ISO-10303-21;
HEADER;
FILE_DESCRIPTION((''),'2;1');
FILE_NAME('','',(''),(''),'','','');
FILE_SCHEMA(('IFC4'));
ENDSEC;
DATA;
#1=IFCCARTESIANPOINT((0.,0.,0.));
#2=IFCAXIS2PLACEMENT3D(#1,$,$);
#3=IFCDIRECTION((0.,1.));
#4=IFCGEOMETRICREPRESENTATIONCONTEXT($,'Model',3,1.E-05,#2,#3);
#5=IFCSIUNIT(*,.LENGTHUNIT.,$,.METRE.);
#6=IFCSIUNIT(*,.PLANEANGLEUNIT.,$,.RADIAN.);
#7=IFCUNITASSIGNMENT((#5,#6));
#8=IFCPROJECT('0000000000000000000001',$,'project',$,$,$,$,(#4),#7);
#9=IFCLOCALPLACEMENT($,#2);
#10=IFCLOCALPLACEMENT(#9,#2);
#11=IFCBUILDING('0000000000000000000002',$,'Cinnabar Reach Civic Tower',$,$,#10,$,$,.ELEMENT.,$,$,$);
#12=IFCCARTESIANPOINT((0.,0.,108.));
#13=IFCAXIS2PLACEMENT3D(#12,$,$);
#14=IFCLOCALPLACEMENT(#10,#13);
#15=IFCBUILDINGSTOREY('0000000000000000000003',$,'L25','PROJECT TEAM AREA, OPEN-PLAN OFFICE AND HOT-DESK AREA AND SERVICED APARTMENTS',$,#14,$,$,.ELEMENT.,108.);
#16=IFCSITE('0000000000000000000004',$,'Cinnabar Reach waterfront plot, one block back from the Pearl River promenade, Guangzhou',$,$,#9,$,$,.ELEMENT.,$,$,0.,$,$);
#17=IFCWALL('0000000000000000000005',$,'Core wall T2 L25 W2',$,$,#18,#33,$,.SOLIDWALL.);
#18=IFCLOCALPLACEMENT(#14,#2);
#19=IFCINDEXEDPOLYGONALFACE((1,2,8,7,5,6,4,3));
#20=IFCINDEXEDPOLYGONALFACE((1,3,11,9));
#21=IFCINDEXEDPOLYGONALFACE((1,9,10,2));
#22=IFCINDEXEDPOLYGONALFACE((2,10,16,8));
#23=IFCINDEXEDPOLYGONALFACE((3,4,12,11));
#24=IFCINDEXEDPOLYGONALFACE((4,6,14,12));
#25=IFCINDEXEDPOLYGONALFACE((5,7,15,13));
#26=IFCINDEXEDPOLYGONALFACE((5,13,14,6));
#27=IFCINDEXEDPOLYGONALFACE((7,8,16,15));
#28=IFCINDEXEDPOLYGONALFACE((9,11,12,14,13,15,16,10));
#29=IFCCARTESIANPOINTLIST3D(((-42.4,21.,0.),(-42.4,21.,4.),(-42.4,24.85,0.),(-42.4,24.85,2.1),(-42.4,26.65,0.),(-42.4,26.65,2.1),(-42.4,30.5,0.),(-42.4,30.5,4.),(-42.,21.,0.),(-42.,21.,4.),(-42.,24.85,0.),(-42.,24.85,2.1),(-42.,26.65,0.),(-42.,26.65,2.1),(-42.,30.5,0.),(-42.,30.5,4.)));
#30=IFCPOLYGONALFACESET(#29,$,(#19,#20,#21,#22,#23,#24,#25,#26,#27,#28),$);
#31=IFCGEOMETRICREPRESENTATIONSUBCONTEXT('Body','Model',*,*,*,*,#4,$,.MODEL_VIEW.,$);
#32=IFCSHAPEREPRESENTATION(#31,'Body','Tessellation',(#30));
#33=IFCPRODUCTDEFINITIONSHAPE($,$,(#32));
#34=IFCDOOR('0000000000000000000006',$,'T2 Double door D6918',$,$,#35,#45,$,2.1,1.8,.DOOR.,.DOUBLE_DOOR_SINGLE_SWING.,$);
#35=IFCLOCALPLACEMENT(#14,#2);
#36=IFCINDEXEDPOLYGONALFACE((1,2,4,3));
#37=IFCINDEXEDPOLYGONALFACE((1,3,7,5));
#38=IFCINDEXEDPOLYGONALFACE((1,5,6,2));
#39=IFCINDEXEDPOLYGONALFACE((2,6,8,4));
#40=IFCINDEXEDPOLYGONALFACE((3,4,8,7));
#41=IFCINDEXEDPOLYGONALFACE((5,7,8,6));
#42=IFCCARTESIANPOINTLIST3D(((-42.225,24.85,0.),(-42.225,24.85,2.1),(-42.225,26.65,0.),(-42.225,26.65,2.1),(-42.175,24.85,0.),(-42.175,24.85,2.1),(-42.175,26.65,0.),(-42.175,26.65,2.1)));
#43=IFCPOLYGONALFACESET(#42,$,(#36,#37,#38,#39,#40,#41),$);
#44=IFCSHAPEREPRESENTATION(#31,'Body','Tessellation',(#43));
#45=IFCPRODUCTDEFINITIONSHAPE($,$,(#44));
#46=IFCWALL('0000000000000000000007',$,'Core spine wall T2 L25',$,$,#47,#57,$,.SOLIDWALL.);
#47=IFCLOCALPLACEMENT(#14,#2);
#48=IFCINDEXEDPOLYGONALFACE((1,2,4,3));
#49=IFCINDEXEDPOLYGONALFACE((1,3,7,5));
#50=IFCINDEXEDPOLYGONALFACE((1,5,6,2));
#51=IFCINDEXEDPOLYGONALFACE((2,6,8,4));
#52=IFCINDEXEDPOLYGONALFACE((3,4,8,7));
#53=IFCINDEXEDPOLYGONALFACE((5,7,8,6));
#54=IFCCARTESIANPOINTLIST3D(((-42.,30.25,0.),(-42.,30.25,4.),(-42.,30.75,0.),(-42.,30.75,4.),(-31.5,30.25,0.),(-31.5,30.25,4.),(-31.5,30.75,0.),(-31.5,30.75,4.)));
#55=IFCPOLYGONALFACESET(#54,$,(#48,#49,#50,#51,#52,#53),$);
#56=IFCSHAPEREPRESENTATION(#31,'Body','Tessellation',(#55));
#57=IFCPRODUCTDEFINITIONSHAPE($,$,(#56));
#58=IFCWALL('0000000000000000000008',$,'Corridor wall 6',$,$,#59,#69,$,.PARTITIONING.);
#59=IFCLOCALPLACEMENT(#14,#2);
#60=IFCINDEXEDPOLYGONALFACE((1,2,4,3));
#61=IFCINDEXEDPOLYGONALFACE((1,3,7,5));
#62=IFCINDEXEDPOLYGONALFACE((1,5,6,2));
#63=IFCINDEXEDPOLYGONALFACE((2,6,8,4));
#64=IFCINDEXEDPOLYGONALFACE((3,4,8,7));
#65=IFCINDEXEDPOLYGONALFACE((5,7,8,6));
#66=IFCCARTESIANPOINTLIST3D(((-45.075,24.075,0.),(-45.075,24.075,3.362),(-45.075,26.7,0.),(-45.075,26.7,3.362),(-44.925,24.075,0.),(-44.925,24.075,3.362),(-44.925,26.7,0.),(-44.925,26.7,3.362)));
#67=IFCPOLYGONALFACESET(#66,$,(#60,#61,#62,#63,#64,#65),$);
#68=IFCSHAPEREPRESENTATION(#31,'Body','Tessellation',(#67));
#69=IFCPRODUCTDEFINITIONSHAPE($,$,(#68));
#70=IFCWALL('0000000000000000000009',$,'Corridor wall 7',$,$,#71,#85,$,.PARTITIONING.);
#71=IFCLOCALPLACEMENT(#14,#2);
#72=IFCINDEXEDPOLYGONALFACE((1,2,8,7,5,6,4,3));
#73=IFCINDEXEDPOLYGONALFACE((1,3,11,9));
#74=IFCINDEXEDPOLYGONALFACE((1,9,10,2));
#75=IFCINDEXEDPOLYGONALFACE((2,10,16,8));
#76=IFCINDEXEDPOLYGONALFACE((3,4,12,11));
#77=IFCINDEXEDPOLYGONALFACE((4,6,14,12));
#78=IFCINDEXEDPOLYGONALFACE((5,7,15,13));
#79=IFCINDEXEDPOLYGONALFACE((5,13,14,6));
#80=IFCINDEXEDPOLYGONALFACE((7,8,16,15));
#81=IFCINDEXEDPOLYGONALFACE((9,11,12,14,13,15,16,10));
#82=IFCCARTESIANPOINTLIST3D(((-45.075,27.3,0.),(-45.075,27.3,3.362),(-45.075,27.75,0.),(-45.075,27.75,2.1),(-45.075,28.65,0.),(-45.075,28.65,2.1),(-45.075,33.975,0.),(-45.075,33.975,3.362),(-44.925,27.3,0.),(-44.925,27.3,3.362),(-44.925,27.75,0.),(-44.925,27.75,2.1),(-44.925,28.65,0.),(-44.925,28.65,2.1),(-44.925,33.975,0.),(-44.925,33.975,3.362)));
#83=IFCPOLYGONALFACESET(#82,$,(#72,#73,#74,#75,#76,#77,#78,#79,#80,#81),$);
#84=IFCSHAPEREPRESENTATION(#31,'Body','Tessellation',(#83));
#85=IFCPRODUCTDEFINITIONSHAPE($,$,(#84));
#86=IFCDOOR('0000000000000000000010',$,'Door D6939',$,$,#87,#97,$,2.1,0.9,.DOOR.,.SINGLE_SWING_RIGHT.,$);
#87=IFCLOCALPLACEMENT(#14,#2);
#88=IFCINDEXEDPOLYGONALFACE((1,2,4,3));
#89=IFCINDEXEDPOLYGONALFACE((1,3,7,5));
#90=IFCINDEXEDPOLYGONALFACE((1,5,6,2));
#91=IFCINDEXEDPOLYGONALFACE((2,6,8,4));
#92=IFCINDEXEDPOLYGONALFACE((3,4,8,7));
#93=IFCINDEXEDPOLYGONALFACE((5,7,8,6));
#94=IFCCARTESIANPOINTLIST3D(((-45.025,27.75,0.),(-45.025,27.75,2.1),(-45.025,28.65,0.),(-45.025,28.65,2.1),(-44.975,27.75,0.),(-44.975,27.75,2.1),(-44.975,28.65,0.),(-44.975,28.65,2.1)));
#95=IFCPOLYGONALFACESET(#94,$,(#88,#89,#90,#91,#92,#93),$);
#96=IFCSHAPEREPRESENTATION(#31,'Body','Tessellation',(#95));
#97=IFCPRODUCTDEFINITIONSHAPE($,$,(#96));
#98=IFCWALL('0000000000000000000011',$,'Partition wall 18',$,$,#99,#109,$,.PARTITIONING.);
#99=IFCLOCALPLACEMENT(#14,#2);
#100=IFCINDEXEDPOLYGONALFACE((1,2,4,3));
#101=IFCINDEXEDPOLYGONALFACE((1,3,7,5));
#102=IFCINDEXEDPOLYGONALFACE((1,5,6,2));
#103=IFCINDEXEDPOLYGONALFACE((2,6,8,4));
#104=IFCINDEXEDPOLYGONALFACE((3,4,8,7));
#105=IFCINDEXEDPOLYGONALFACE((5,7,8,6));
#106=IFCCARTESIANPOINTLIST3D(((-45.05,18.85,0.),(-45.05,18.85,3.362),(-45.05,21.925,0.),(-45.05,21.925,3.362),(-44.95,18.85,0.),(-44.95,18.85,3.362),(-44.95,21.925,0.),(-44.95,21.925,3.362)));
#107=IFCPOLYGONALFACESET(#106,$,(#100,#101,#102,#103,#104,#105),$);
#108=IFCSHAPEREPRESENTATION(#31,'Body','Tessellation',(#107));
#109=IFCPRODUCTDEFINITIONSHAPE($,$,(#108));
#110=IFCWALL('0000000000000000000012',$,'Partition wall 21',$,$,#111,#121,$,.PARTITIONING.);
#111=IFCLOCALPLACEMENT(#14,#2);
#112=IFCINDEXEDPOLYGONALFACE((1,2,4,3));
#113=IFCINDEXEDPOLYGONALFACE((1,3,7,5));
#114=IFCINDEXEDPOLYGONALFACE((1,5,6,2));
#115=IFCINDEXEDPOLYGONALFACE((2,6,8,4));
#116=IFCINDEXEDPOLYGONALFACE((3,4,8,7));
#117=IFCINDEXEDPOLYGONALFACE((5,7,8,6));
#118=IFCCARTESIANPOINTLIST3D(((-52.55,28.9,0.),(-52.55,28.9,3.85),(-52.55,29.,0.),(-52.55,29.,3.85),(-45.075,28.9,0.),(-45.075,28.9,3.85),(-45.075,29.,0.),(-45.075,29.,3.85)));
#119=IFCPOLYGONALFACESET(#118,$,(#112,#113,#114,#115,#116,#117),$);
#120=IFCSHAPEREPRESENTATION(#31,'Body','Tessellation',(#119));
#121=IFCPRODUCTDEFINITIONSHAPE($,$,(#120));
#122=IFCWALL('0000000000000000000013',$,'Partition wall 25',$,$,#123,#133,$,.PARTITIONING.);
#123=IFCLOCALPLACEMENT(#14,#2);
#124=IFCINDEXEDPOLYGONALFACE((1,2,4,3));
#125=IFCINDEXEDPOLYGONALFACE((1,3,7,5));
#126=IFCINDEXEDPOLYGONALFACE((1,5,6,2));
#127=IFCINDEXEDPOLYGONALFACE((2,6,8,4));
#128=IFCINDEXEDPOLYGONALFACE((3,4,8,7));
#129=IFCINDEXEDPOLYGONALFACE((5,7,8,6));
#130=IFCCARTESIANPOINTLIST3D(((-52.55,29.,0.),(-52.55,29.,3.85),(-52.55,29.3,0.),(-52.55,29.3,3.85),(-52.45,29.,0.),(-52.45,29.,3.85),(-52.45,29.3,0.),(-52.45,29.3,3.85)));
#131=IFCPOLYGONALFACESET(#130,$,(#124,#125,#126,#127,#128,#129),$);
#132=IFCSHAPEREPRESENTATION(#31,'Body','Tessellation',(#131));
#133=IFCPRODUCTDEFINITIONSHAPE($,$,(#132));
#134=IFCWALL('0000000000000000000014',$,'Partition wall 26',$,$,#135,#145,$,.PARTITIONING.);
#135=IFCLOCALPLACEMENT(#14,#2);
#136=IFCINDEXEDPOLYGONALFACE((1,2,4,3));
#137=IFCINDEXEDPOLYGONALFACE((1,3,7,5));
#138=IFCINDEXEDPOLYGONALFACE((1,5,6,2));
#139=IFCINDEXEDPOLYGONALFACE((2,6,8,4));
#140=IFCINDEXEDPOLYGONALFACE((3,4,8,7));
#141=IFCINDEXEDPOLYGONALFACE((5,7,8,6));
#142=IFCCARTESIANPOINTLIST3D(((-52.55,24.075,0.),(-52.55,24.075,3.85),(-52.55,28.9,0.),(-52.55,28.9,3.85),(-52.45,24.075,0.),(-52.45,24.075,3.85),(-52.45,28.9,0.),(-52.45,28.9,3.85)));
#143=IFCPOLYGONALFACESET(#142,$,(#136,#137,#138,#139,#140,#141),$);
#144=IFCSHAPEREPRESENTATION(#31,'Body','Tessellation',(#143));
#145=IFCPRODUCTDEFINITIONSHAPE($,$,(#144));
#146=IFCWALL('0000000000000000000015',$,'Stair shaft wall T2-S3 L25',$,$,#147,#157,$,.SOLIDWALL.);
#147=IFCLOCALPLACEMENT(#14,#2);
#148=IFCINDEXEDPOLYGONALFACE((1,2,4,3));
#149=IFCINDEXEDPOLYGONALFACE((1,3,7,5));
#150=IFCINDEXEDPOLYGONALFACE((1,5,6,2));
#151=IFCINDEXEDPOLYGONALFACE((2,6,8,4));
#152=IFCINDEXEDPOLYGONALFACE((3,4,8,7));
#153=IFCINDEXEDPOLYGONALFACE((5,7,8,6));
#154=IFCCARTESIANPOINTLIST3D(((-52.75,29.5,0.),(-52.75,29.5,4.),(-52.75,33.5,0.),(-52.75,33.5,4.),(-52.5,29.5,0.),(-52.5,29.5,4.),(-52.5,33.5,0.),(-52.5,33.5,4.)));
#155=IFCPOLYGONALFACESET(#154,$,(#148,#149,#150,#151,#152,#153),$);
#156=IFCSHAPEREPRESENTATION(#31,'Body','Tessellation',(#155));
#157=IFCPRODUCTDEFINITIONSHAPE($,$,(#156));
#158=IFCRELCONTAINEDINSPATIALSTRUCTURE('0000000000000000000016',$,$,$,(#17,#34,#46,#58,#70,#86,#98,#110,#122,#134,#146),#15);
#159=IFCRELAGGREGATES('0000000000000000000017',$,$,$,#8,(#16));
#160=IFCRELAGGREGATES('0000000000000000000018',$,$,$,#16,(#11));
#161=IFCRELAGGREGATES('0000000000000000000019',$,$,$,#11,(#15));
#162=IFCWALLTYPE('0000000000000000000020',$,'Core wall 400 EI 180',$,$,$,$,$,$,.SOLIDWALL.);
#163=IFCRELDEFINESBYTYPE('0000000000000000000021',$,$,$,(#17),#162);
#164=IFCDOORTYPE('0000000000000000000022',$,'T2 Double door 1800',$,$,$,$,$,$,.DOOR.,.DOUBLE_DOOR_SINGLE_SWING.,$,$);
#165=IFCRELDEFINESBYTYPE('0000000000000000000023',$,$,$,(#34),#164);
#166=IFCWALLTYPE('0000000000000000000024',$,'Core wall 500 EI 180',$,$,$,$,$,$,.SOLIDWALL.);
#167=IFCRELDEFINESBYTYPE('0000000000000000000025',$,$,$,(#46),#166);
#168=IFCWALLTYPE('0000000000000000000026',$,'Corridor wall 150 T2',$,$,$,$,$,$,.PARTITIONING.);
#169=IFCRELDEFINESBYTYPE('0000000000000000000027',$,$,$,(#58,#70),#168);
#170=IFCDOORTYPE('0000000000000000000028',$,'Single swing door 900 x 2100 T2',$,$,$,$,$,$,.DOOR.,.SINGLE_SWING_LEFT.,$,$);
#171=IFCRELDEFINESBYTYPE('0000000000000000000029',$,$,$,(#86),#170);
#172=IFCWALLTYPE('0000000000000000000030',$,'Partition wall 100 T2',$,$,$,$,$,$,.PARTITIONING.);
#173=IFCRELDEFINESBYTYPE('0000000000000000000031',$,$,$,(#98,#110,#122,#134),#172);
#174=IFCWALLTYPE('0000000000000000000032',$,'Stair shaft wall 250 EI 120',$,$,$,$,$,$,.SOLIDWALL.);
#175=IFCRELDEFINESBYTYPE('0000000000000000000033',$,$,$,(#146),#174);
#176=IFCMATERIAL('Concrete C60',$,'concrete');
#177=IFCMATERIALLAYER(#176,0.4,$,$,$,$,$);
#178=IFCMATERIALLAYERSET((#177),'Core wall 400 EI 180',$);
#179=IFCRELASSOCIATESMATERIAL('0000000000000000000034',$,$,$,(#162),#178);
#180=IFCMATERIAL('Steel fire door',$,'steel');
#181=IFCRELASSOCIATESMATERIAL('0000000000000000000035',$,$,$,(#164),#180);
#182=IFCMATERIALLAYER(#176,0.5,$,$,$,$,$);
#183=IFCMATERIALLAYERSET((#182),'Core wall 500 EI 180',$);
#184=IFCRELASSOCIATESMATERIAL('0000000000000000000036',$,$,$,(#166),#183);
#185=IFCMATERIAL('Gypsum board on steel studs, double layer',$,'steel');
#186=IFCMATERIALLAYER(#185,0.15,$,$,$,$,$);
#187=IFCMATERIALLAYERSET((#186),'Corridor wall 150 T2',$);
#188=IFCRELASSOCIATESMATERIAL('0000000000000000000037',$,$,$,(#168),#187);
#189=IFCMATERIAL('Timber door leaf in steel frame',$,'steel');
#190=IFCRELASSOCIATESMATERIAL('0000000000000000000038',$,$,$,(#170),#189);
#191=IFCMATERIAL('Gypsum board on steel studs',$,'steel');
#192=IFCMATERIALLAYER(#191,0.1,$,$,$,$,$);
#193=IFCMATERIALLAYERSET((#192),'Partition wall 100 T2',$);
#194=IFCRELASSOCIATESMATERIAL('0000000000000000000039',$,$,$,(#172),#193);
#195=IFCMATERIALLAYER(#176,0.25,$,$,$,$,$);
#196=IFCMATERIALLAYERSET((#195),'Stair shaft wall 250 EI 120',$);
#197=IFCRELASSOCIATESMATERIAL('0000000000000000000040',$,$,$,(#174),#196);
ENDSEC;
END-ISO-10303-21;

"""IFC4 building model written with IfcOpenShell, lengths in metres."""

from ifc_helpers import new_model, si_unit, direction, frame, frame_2d, origin, place, context, subcontext, project, spatial, rectangle, extrude, material, layer, layer_set, type_object, element, fill, save


model = new_model("IFC4")

# Units and contexts
model_context = context("Model", 3, precision=1e-05, world=origin(), true_north=direction((0.0, 1.0)))
body_context = subcontext(model_context, "Body", "Model", "MODEL_VIEW")
ifc_project = project(units=[si_unit("LENGTHUNIT", "METRE"), si_unit("PLANEANGLEUNIT", "RADIAN")], contexts=[model_context])

# Site, building, storey
site_placement = place(None, origin())
site = spatial("IfcSite", under=ifc_project, at=site_placement, Name="Cinnabar Reach waterfront plot, one block back from the Pearl River promenade, Guangzhou", CompositionType="ELEMENT", RefElevation=0.0)
building_placement = place(site_placement, origin())
building = spatial("IfcBuilding", under=site, at=building_placement, Name="Cinnabar Reach Civic Tower", CompositionType="ELEMENT")
storey_placement = place(building_placement, frame((0.0, 0.0, 108.0)))
storey = spatial("IfcBuildingStorey", under=building, at=storey_placement, Name="L25", Description="PROJECT TEAM AREA, OPEN-PLAN OFFICE AND HOT-DESK AREA AND SERVICED APARTMENTS", CompositionType="ELEMENT", Elevation=108.0)

# Shared definitions
ifc_material_1 = material(Name="Concrete C60", Category="concrete")

# Shared definitions
ifc_layer_1 = layer(ifc_material_1, 0.4)
ifc_layer_set_1 = layer_set([ifc_layer_1], Name="Core wall 400 EI 180")
wall_type_1 = type_object("IfcWallType", Name="Core wall 400 EI 180", PredefinedType="SOLIDWALL", material=ifc_layer_set_1)

# Wall, opening, door
wall_1_placement = place(storey_placement, frame((-42.2, 30.5, 0.0), z_axis=(0.0, 0.0, 1.0), x_axis=(0.0, -1.0, 0.0)))
wall_1 = element("IfcWall", 1, at=wall_1_placement, inside=storey, type_object=wall_type_1, Name="Core wall T2 L25 W2", PredefinedType="SOLIDWALL", context=body_context, shape_type="SweptSolid", body=[
    extrude(rectangle(XDim=9.5, YDim=0.4, at=frame_2d((4.75, 0.0))), origin(), (0.0, 0.0, 1.0), 4.0),
])
opening_1_placement = place(wall_1_placement, frame((3.85, 0.0, 0.0)))
opening_1 = element("IfcOpeningElement", 2, at=opening_1_placement, cuts=wall_1, PredefinedType="OPENING", context=body_context, shape_type="SweptSolid", body=[
    extrude(rectangle(XDim=1.8, YDim=2.1, at=frame_2d((0.9, 1.05))), frame((0.0, 0.21, 0.0), z_axis=(0.0, -1.0, 0.0), x_axis=(1.0, 0.0, 0.0)), (0.0, 0.0, 1.0), 0.42),
])
ifc_material_2 = material(Name="Steel fire door", Category="steel")
door_type_1 = type_object("IfcDoorType", Name="T2 Double door 1800", OperationType="DOUBLE_DOOR_SINGLE_SWING", PredefinedType="DOOR", material=ifc_material_2)
door_1_placement = place(opening_1_placement, origin())
door_1 = element("IfcDoor", 3, at=door_1_placement, inside=storey, type_object=door_type_1, Name="T2 Double door D6918", OperationType="DOUBLE_DOOR_SINGLE_SWING", OverallHeight=2.1, OverallWidth=1.8, PredefinedType="DOOR", context=body_context, shape_type="SweptSolid", body=[
    extrude(rectangle(XDim=1.8, YDim=2.1, at=frame_2d((0.9, 1.05))), frame((0.0, 0.025, 0.0), z_axis=(0.0, -1.0, 0.0), x_axis=(1.0, 0.0, 0.0)), (0.0, 0.0, 1.0), 0.05),
])
fill(opening_1, door_1)

# Walls
ifc_layer_2 = layer(ifc_material_1, 0.5)
ifc_layer_set_2 = layer_set([ifc_layer_2], Name="Core wall 500 EI 180")
wall_type_2 = type_object("IfcWallType", Name="Core wall 500 EI 180", PredefinedType="SOLIDWALL", material=ifc_layer_set_2)
wall_2_placement = place(storey_placement, frame((-42.0, 30.5, 0.0), z_axis=(0.0, 0.0, 1.0), x_axis=(1.0, 0.0, 0.0)))
element("IfcWall", 4, at=wall_2_placement, inside=storey, type_object=wall_type_2, Name="Core spine wall T2 L25", PredefinedType="SOLIDWALL", context=body_context, shape_type="SweptSolid", body=[
    extrude(rectangle(XDim=10.5, YDim=0.5, at=frame_2d((5.25, 0.0))), origin(), (0.0, 0.0, 1.0), 4.0),
])
ifc_material_3 = material(Name="Gypsum board on steel studs, double layer", Category="steel")
ifc_layer_3 = layer(ifc_material_3, 0.15)
ifc_layer_set_3 = layer_set([ifc_layer_3], Name="Corridor wall 150 T2")
wall_type_3 = type_object("IfcWallType", Name="Corridor wall 150 T2", PredefinedType="PARTITIONING", material=ifc_layer_set_3)
wall_3_placement = place(storey_placement, frame((-45.0, 24.075, 0.0), z_axis=(0.0, 0.0, 1.0), x_axis=(0.0, 1.0, 0.0)))
element("IfcWall", 5, at=wall_3_placement, inside=storey, type_object=wall_type_3, Name="Corridor wall 6", PredefinedType="PARTITIONING", context=body_context, shape_type="SweptSolid", body=[
    extrude(rectangle(XDim=2.625, YDim=0.15, at=frame_2d((1.3125, 0.0))), origin(), (0.0, 0.0, 1.0), 3.362),
])

# Wall, opening, door
wall_4_placement = place(storey_placement, frame((-45.0, 27.3, 0.0), z_axis=(0.0, 0.0, 1.0), x_axis=(0.0, 1.0, 0.0)))
wall_4 = element("IfcWall", 6, at=wall_4_placement, inside=storey, type_object=wall_type_3, Name="Corridor wall 7", PredefinedType="PARTITIONING", context=body_context, shape_type="SweptSolid", body=[
    extrude(rectangle(XDim=6.675, YDim=0.15, at=frame_2d((3.3375, 0.0))), origin(), (0.0, 0.0, 1.0), 3.362),
])
opening_2_placement = place(wall_4_placement, frame((0.45, 0.0, 0.0)))
opening_2 = element("IfcOpeningElement", 7, at=opening_2_placement, cuts=wall_4, PredefinedType="OPENING", context=body_context, shape_type="SweptSolid", body=[
    extrude(rectangle(XDim=0.9, YDim=2.1, at=frame_2d((0.45, 1.05))), frame((0.0, 0.085, 0.0), z_axis=(0.0, -1.0, 0.0), x_axis=(1.0, 0.0, 0.0)), (0.0, 0.0, 1.0), 0.17),
])
ifc_material_4 = material(Name="Timber door leaf in steel frame", Category="steel")
door_type_2 = type_object("IfcDoorType", Name="Single swing door 900 x 2100 T2", OperationType="SINGLE_SWING_LEFT", PredefinedType="DOOR", material=ifc_material_4)
door_2_placement = place(opening_2_placement, origin())
door_2 = element("IfcDoor", 8, at=door_2_placement, inside=storey, type_object=door_type_2, Name="Door D6939", OperationType="SINGLE_SWING_RIGHT", OverallHeight=2.1, OverallWidth=0.9, PredefinedType="DOOR", context=body_context, shape_type="SweptSolid", body=[
    extrude(rectangle(XDim=0.9, YDim=2.1, at=frame_2d((0.45, 1.05))), frame((0.0, 0.025, 0.0), z_axis=(0.0, -1.0, 0.0), x_axis=(1.0, 0.0, 0.0)), (0.0, 0.0, 1.0), 0.05),
])
fill(opening_2, door_2)

# Walls
ifc_material_5 = material(Name="Gypsum board on steel studs", Category="steel")
ifc_layer_4 = layer(ifc_material_5, 0.1)
ifc_layer_set_4 = layer_set([ifc_layer_4], Name="Partition wall 100 T2")
wall_type_4 = type_object("IfcWallType", Name="Partition wall 100 T2", PredefinedType="PARTITIONING", material=ifc_layer_set_4)
wall_5_placement = place(storey_placement, frame((-45.0, 18.85, 0.0), z_axis=(0.0, 0.0, 1.0), x_axis=(0.0, 1.0, 0.0)))
element("IfcWall", 9, at=wall_5_placement, inside=storey, type_object=wall_type_4, Name="Partition wall 18", PredefinedType="PARTITIONING", context=body_context, shape_type="SweptSolid", body=[
    extrude(rectangle(XDim=3.075, YDim=0.1, at=frame_2d((1.5375, 0.0))), origin(), (0.0, 0.0, 1.0), 3.362),
])
wall_6_placement = place(storey_placement, frame((-52.55, 28.95, 0.0), z_axis=(0.0, 0.0, 1.0), x_axis=(1.0, 0.0, 0.0)))
element("IfcWall", 10, at=wall_6_placement, inside=storey, type_object=wall_type_4, Name="Partition wall 21", PredefinedType="PARTITIONING", context=body_context, shape_type="SweptSolid", body=[
    extrude(rectangle(XDim=7.475, YDim=0.1, at=frame_2d((3.7375, 0.0))), origin(), (0.0, 0.0, 1.0), 3.85),
])
wall_7_placement = place(storey_placement, frame((-52.5, 29.0, 0.0), z_axis=(0.0, 0.0, 1.0), x_axis=(0.0, 1.0, 0.0)))
element("IfcWall", 11, at=wall_7_placement, inside=storey, type_object=wall_type_4, Name="Partition wall 25", PredefinedType="PARTITIONING", context=body_context, shape_type="SweptSolid", body=[
    extrude(rectangle(XDim=0.3, YDim=0.1, at=frame_2d((0.15, 0.0))), origin(), (0.0, 0.0, 1.0), 3.85),
])
wall_8_placement = place(storey_placement, frame((-52.5, 24.075, 0.0), z_axis=(0.0, 0.0, 1.0), x_axis=(0.0, 1.0, 0.0)))
element("IfcWall", 12, at=wall_8_placement, inside=storey, type_object=wall_type_4, Name="Partition wall 26", PredefinedType="PARTITIONING", context=body_context, shape_type="SweptSolid", body=[
    extrude(rectangle(XDim=4.825, YDim=0.1, at=frame_2d((2.4125, 0.0))), origin(), (0.0, 0.0, 1.0), 3.85),
])
ifc_layer_5 = layer(ifc_material_1, 0.25)
ifc_layer_set_5 = layer_set([ifc_layer_5], Name="Stair shaft wall 250 EI 120")
wall_type_5 = type_object("IfcWallType", Name="Stair shaft wall 250 EI 120", PredefinedType="SOLIDWALL", material=ifc_layer_set_5)
wall_9_placement = place(storey_placement, frame((-52.625, 29.5, 0.0), z_axis=(0.0, 0.0, 1.0), x_axis=(0.0, 1.0, 0.0)))
element("IfcWall", 13, at=wall_9_placement, inside=storey, type_object=wall_type_5, Name="Stair shaft wall T2-S3 L25", PredefinedType="SOLIDWALL", context=body_context, shape_type="SweptSolid", body=[
    extrude(rectangle(XDim=4.0, YDim=0.25, at=frame_2d((2.0, 0.0))), origin(), (0.0, 0.0, 1.0), 4.0),
])

save(model, "model.ifc")
